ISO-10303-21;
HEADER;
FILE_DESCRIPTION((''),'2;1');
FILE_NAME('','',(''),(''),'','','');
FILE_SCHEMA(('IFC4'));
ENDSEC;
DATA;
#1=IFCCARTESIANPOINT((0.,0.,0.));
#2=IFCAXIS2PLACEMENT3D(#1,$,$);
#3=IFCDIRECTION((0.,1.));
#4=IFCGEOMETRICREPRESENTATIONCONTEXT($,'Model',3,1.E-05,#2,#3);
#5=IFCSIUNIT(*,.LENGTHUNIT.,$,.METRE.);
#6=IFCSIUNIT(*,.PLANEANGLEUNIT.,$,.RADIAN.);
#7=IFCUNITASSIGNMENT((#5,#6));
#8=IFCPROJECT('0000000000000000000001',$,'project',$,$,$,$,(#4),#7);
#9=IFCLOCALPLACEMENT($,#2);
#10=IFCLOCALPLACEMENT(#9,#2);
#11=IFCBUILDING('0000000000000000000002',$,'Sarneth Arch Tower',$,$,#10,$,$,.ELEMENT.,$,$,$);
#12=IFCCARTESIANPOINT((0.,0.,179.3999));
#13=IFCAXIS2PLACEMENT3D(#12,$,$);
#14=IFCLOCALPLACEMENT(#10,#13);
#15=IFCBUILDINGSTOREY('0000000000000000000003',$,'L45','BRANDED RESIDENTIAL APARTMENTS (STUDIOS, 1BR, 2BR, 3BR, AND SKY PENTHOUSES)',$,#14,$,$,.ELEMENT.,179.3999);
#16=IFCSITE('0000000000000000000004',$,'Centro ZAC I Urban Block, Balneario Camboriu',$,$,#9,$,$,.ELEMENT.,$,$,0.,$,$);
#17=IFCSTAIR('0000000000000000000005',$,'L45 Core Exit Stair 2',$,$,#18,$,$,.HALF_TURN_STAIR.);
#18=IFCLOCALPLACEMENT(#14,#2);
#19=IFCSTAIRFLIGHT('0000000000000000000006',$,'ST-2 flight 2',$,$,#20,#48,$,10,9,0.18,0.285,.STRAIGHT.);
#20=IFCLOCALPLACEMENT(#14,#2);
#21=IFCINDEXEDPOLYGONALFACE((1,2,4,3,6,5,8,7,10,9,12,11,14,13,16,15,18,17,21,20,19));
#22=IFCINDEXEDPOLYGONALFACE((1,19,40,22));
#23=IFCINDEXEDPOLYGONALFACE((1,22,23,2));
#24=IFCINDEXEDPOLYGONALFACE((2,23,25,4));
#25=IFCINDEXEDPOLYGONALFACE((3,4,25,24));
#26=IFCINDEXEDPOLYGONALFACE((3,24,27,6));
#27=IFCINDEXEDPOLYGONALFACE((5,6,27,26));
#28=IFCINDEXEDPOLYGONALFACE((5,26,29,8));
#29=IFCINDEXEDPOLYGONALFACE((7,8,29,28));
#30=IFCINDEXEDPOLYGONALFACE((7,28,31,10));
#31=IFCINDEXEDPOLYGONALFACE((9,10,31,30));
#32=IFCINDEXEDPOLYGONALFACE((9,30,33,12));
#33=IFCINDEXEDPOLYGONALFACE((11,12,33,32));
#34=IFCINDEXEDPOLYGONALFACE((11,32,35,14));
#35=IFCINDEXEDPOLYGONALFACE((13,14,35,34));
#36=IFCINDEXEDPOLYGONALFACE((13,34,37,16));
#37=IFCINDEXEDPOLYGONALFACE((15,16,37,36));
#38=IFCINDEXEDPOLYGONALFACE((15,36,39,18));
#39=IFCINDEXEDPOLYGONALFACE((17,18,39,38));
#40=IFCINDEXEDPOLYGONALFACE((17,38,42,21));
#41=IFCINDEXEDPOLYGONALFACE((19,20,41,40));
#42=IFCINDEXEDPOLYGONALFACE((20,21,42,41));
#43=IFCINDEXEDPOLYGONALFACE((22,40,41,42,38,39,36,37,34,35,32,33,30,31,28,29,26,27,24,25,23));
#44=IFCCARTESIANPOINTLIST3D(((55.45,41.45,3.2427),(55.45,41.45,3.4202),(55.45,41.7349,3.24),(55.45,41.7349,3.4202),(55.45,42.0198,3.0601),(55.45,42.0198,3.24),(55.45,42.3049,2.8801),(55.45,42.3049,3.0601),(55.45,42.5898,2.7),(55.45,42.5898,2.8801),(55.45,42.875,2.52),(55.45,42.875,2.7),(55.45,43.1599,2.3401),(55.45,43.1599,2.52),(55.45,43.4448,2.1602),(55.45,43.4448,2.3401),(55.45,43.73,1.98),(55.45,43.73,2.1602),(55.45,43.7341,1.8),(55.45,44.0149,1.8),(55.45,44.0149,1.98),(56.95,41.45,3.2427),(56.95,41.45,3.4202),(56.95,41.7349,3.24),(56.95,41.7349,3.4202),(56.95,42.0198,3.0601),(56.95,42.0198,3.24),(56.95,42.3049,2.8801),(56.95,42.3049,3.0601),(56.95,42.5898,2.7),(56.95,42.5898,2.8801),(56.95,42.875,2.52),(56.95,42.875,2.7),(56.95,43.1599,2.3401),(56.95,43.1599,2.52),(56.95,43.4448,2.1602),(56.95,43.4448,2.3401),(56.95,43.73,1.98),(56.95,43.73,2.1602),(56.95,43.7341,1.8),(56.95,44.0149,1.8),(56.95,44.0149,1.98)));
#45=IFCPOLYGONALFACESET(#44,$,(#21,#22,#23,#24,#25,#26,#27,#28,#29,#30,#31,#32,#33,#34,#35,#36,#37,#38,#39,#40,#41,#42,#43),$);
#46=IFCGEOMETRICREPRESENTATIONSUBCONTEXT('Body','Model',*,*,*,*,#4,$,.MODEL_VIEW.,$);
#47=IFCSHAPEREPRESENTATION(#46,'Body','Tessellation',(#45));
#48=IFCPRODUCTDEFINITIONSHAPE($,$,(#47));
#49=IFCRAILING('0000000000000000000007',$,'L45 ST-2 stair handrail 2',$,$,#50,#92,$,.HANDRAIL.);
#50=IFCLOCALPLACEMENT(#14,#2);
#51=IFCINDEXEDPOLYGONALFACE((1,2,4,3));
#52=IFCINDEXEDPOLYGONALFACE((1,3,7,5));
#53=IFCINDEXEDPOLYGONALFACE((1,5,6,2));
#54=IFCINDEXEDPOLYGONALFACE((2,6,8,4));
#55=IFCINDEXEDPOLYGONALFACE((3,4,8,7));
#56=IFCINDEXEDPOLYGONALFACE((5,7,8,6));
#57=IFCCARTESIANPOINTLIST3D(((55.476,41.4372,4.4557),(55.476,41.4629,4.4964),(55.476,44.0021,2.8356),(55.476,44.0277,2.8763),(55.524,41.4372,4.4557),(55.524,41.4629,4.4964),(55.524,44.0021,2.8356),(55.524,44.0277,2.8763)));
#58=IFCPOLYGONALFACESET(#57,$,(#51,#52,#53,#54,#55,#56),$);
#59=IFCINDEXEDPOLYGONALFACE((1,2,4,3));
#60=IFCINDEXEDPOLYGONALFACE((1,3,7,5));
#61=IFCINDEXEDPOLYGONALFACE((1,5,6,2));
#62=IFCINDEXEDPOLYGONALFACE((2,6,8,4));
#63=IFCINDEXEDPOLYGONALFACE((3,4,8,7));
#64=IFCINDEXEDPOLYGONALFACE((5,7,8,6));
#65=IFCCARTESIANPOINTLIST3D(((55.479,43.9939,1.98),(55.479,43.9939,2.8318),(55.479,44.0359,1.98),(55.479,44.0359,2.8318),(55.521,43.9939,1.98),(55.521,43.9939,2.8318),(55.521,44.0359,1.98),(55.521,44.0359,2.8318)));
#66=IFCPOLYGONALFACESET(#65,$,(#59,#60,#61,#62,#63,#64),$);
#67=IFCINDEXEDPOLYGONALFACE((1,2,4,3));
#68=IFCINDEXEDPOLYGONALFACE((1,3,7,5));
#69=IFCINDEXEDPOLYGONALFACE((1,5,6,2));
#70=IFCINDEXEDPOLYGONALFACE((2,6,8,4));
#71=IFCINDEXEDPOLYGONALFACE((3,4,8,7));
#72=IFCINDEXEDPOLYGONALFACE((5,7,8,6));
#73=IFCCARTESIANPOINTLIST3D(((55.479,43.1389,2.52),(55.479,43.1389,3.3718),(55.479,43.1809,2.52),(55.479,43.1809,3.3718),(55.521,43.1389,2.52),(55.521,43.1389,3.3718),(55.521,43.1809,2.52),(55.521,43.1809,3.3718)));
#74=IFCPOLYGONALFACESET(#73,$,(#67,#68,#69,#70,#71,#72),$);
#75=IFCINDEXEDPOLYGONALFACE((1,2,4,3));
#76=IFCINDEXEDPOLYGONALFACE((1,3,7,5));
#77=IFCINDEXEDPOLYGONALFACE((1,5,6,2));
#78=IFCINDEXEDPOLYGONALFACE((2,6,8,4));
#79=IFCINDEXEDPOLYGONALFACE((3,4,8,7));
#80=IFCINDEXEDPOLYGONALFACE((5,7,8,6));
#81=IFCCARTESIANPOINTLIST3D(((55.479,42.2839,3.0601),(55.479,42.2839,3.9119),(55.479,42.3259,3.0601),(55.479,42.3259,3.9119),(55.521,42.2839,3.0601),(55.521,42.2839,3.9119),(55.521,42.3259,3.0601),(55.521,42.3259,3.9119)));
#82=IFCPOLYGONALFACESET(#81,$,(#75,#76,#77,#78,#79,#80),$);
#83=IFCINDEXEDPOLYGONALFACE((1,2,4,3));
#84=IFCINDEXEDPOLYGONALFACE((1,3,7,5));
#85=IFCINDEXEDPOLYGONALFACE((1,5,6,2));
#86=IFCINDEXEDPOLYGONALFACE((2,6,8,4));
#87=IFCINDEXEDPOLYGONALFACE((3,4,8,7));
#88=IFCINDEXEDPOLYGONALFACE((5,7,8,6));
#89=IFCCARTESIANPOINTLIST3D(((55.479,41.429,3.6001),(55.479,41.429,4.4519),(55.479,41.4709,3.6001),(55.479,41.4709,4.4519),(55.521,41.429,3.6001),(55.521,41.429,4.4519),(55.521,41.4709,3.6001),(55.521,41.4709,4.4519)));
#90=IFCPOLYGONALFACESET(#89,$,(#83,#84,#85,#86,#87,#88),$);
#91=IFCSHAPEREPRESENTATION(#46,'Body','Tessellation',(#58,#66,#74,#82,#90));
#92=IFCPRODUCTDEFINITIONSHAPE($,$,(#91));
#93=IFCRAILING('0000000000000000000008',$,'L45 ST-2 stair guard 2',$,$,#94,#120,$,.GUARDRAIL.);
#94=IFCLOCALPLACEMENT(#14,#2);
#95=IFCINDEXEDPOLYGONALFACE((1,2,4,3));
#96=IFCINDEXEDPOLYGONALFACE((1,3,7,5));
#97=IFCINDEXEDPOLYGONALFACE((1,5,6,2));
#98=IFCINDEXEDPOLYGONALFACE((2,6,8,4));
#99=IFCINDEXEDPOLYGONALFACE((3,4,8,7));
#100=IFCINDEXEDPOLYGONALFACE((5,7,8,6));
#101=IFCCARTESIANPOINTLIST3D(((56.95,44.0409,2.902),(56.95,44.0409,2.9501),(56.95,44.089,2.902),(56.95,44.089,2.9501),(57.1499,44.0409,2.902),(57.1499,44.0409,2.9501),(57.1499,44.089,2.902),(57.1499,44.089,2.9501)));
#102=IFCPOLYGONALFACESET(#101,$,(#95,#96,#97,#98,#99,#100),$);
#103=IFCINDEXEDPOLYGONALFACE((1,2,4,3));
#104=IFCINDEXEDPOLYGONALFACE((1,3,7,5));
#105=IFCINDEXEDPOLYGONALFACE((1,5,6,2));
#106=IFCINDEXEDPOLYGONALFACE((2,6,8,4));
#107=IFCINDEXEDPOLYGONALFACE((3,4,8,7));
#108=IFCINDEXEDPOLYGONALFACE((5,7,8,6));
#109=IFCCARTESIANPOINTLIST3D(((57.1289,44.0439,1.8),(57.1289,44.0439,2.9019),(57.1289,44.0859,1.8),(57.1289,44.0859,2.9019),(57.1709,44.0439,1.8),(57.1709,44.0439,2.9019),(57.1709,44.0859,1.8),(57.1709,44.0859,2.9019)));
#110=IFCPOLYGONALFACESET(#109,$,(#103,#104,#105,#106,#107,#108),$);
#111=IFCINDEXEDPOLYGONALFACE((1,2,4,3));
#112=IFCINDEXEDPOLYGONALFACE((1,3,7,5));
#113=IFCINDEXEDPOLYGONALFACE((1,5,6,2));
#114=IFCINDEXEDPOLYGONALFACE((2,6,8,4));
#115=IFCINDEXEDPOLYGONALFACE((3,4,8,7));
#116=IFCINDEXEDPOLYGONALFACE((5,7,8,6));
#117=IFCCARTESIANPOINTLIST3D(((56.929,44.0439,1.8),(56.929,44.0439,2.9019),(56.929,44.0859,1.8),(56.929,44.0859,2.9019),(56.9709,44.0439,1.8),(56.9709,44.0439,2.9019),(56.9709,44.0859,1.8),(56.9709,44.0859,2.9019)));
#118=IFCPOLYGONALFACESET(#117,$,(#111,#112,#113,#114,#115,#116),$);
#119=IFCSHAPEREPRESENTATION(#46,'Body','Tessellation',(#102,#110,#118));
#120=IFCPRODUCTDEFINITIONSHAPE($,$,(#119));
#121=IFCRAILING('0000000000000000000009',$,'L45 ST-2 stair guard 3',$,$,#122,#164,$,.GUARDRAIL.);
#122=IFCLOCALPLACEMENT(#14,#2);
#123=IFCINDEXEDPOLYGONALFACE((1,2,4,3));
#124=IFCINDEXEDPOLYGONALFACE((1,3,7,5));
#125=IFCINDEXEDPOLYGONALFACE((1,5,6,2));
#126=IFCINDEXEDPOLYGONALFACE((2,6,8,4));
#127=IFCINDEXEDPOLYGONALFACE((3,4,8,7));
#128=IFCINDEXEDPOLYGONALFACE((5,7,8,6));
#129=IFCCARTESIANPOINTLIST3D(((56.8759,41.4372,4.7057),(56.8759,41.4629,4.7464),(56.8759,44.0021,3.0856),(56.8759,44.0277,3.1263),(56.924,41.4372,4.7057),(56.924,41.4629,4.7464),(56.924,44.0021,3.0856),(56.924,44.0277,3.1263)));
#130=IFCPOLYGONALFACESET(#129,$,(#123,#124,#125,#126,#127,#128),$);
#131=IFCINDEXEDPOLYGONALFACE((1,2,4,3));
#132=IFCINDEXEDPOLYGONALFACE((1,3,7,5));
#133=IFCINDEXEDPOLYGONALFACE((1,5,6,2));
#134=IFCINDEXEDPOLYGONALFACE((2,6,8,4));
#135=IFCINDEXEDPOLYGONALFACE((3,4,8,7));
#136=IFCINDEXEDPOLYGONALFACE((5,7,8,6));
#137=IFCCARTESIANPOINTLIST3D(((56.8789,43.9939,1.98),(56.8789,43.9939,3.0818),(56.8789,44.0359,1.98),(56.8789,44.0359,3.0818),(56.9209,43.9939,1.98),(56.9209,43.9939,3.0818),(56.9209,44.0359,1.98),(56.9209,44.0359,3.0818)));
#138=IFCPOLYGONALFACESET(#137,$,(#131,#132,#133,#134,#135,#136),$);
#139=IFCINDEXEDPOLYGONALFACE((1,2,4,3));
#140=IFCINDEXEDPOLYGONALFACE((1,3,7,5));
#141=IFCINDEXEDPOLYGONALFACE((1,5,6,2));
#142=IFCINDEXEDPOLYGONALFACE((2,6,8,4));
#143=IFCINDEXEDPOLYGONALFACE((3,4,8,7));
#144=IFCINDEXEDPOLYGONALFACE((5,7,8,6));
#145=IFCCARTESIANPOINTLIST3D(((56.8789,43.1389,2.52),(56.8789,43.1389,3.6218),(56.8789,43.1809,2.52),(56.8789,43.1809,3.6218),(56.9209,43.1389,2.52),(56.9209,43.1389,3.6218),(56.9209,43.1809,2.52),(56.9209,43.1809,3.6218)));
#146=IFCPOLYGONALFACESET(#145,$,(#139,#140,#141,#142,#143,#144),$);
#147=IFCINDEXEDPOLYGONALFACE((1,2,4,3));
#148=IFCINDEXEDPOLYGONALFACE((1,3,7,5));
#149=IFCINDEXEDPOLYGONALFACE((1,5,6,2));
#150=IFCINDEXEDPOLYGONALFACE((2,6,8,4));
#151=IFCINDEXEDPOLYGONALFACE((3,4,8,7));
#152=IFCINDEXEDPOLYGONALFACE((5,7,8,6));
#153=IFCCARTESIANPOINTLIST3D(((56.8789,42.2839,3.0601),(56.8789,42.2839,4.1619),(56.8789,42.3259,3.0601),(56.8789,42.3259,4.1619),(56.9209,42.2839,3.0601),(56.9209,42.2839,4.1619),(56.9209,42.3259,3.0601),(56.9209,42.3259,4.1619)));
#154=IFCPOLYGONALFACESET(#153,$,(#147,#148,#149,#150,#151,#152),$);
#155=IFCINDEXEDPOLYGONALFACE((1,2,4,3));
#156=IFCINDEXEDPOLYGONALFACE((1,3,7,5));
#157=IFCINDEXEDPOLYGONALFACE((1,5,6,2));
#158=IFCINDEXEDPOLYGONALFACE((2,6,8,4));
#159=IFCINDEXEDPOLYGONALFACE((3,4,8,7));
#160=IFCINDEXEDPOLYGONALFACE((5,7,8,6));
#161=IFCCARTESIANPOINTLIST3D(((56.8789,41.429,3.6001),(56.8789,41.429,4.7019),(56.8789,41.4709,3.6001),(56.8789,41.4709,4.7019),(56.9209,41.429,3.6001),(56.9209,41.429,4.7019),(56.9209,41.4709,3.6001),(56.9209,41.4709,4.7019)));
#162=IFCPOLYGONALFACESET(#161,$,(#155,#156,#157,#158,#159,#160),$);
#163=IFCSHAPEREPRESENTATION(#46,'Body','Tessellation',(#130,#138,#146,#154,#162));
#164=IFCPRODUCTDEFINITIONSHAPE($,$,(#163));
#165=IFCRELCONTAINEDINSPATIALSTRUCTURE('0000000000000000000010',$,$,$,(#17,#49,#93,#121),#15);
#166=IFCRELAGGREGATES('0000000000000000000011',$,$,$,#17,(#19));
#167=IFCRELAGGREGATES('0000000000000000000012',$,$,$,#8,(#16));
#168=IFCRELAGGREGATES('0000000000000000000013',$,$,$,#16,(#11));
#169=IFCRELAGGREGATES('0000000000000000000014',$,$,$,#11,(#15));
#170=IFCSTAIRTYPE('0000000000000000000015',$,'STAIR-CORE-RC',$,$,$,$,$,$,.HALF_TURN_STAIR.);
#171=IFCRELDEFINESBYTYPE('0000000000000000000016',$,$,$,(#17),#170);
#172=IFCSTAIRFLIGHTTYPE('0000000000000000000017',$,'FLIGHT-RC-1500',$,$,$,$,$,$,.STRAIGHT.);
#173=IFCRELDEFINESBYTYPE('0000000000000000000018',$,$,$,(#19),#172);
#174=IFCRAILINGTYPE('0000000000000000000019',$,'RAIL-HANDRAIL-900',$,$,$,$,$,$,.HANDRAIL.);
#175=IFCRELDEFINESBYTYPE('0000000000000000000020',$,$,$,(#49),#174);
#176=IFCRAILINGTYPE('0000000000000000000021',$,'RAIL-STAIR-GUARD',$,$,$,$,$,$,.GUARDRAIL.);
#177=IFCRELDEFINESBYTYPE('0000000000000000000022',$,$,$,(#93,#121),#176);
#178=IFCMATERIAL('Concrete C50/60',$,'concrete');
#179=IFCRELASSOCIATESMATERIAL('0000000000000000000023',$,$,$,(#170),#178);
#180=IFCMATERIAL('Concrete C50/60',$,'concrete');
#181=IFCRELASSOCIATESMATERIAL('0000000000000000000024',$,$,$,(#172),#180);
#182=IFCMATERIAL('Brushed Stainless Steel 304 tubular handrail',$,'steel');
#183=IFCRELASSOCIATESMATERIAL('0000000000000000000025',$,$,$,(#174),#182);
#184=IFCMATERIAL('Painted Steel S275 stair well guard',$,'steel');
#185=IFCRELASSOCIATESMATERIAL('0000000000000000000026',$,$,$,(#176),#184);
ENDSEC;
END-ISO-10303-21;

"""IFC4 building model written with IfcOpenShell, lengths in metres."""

from ifc_helpers import new_model, si_unit, direction, frame, origin, origin_2d, place, context, subcontext, project, spatial, polyline, rectangle, outline, extrude, material, type_object, element, aggregate, save


model = new_model("IFC4")

# Units and contexts
model_context = context("Model", 3, precision=1e-05, world=origin(), true_north=direction((0.0, 1.0)))
body_context = subcontext(model_context, "Body", "Model", "MODEL_VIEW")
ifc_project = project(units=[si_unit("LENGTHUNIT", "METRE"), si_unit("PLANEANGLEUNIT", "RADIAN")], contexts=[model_context])

# Site, building, storey
site_placement = place(None, origin())
site = spatial("IfcSite", under=ifc_project, at=site_placement, Name="Centro ZAC I Urban Block, Balneario Camboriu", CompositionType="ELEMENT", RefElevation=0.0)
building_placement = place(site_placement, origin())
building = spatial("IfcBuilding", under=site, at=building_placement, Name="Sarneth Arch Tower", CompositionType="ELEMENT")
storey_placement = place(building_placement, frame((0.0, 0.0, 179.3999)))
storey = spatial("IfcBuildingStorey", under=building, at=storey_placement, Name="L45", Description="BRANDED RESIDENTIAL APARTMENTS (STUDIOS, 1BR, 2BR, 3BR, AND SKY PENTHOUSES)", CompositionType="ELEMENT", Elevation=179.3999)

# Stair, stair flight
ifc_material_1 = material(Name="Concrete C50/60", Category="concrete")
stair_type = type_object("IfcStairType", Name="STAIR-CORE-RC", PredefinedType="HALF_TURN_STAIR", material=ifc_material_1)
stair_placement = place(storey_placement, origin())
stair = element("IfcStair", 1, at=stair_placement, inside=storey, type_object=stair_type, Name="L45 Core Exit Stair 2", PredefinedType="HALF_TURN_STAIR")
ifc_material_2 = material(Name="Concrete C50/60", Category="concrete")
stair_flight_type = type_object("IfcStairFlightType", Name="FLIGHT-RC-1500", PredefinedType="STRAIGHT", material=ifc_material_2)
stair_flight_placement = place(storey_placement, frame((56.2, 44.0149, 1.8), z_axis=(0.0, 0.0, 1.0), x_axis=(0.0, -1.0, 0.0)))
stair_flight = element("IfcStairFlight", 2, at=stair_flight_placement, type_object=stair_flight_type, Name="ST-2 flight 2", NumberOfRisers=10, NumberOfTreads=9, PredefinedType="STRAIGHT", RiserHeight=0.18, TreadLength=0.285, context=body_context, shape_type="SweptSolid", body=[
    extrude(outline(polyline([(0.0, 0.0), (0.0, 0.1799), (0.2849, 0.1799), (0.2849, 0.3601), (0.5701, 0.3601), (0.5701, 0.54), (0.855, 0.54), (0.855, 0.72), (1.1399, 0.72), (1.1399, 0.8999), (1.425, 0.8999), (1.425, 1.0801), (1.71, 1.0801), (1.71, 1.26), (1.9951, 1.26), (1.9951, 1.4399), (2.28, 1.4399), (2.28, 1.6201), (2.5649, 1.6201), (2.5649, 1.8), (2.5649, 1.4426), (0.2808, 0.0), (0.0, 0.0)])), frame((0.0, 0.75, 0.0), z_axis=(0.0, -1.0, 0.0), x_axis=(1.0, 0.0, 0.0)), (0.0, 0.0, 1.0), 1.5),
])
aggregate(stair, [stair_flight])

# Railings
ifc_material_3 = material(Name="Brushed Stainless Steel 304 tubular handrail", Category="steel")
railing_type_1 = type_object("IfcRailingType", Name="RAIL-HANDRAIL-900", PredefinedType="HANDRAIL", material=ifc_material_3)
railing_1_placement = place(storey_placement, frame((55.5, 44.0149, 1.98)))
element("IfcRailing", 3, at=railing_1_placement, inside=storey, type_object=railing_type_1, Name="L45 ST-2 stair handrail 2", PredefinedType="HANDRAIL", context=body_context, shape_type="SweptSolid", body=[
    extrude(rectangle(XDim=0.0481, YDim=0.0481, at=origin_2d()), frame((0.0, 0.0, 0.876), z_axis=(0.0, -0.845466, 0.534029), x_axis=(1.0, 0.0, 0.0)), (0.0, 0.0, 1.0), 3.0337),
    extrude(rectangle(XDim=0.042, YDim=0.042, at=origin_2d()), origin(), (0.0, 0.0, 1.0), 0.8518),
    extrude(rectangle(XDim=0.042, YDim=0.042, at=origin_2d()), frame((0.0, -0.855, 0.54)), (0.0, 0.0, 1.0), 0.8518),
    extrude(rectangle(XDim=0.042, YDim=0.042, at=origin_2d()), frame((0.0, -1.71, 1.0801)), (0.0, 0.0, 1.0), 0.8518),
    extrude(rectangle(XDim=0.042, YDim=0.042, at=origin_2d()), frame((0.0, -2.5649, 1.6201)), (0.0, 0.0, 1.0), 0.8518),
])
ifc_material_4 = material(Name="Painted Steel S275 stair well guard", Category="steel")
railing_type_2 = type_object("IfcRailingType", Name="RAIL-STAIR-GUARD", PredefinedType="GUARDRAIL", material=ifc_material_4)
railing_2_placement = place(storey_placement, frame((57.1499, 44.0649, 1.8)))
element("IfcRailing", 4, at=railing_2_placement, inside=storey, type_object=railing_type_2, Name="L45 ST-2 stair guard 2", PredefinedType="GUARDRAIL", context=body_context, shape_type="SweptSolid", body=[
    extrude(rectangle(XDim=0.0481, YDim=0.0481, at=origin_2d()), frame((0.0, 0.0, 1.126), z_axis=(-1.0, 0.0, 0.0), x_axis=(0.0, -1.0, 0.0)), (0.0, 0.0, 1.0), 0.2),
    extrude(rectangle(XDim=0.042, YDim=0.042, at=origin_2d()), origin(), (0.0, 0.0, 1.0), 1.1018),
    extrude(rectangle(XDim=0.042, YDim=0.042, at=origin_2d()), frame((-0.2, 0.0, 0.0)), (0.0, 0.0, 1.0), 1.1018),
])
railing_3_placement = place(storey_placement, frame((56.8999, 44.0149, 1.98)))
element("IfcRailing", 5, at=railing_3_placement, inside=storey, type_object=railing_type_2, Name="L45 ST-2 stair guard 3", PredefinedType="GUARDRAIL", context=body_context, shape_type="SweptSolid", body=[
    extrude(rectangle(XDim=0.0481, YDim=0.0481, at=origin_2d()), frame((0.0, 0.0, 1.126), z_axis=(0.0, -0.845466, 0.534029), x_axis=(1.0, 0.0, 0.0)), (0.0, 0.0, 1.0), 3.0337),
    extrude(rectangle(XDim=0.042, YDim=0.042, at=origin_2d()), origin(), (0.0, 0.0, 1.0), 1.1018),
    extrude(rectangle(XDim=0.042, YDim=0.042, at=origin_2d()), frame((0.0, -0.855, 0.54)), (0.0, 0.0, 1.0), 1.1018),
    extrude(rectangle(XDim=0.042, YDim=0.042, at=origin_2d()), frame((0.0, -1.71, 1.0801)), (0.0, 0.0, 1.0), 1.1018),
    extrude(rectangle(XDim=0.042, YDim=0.042, at=origin_2d()), frame((0.0, -2.5649, 1.6201)), (0.0, 0.0, 1.0), 1.1018),
])

save(model, "model.ifc")
